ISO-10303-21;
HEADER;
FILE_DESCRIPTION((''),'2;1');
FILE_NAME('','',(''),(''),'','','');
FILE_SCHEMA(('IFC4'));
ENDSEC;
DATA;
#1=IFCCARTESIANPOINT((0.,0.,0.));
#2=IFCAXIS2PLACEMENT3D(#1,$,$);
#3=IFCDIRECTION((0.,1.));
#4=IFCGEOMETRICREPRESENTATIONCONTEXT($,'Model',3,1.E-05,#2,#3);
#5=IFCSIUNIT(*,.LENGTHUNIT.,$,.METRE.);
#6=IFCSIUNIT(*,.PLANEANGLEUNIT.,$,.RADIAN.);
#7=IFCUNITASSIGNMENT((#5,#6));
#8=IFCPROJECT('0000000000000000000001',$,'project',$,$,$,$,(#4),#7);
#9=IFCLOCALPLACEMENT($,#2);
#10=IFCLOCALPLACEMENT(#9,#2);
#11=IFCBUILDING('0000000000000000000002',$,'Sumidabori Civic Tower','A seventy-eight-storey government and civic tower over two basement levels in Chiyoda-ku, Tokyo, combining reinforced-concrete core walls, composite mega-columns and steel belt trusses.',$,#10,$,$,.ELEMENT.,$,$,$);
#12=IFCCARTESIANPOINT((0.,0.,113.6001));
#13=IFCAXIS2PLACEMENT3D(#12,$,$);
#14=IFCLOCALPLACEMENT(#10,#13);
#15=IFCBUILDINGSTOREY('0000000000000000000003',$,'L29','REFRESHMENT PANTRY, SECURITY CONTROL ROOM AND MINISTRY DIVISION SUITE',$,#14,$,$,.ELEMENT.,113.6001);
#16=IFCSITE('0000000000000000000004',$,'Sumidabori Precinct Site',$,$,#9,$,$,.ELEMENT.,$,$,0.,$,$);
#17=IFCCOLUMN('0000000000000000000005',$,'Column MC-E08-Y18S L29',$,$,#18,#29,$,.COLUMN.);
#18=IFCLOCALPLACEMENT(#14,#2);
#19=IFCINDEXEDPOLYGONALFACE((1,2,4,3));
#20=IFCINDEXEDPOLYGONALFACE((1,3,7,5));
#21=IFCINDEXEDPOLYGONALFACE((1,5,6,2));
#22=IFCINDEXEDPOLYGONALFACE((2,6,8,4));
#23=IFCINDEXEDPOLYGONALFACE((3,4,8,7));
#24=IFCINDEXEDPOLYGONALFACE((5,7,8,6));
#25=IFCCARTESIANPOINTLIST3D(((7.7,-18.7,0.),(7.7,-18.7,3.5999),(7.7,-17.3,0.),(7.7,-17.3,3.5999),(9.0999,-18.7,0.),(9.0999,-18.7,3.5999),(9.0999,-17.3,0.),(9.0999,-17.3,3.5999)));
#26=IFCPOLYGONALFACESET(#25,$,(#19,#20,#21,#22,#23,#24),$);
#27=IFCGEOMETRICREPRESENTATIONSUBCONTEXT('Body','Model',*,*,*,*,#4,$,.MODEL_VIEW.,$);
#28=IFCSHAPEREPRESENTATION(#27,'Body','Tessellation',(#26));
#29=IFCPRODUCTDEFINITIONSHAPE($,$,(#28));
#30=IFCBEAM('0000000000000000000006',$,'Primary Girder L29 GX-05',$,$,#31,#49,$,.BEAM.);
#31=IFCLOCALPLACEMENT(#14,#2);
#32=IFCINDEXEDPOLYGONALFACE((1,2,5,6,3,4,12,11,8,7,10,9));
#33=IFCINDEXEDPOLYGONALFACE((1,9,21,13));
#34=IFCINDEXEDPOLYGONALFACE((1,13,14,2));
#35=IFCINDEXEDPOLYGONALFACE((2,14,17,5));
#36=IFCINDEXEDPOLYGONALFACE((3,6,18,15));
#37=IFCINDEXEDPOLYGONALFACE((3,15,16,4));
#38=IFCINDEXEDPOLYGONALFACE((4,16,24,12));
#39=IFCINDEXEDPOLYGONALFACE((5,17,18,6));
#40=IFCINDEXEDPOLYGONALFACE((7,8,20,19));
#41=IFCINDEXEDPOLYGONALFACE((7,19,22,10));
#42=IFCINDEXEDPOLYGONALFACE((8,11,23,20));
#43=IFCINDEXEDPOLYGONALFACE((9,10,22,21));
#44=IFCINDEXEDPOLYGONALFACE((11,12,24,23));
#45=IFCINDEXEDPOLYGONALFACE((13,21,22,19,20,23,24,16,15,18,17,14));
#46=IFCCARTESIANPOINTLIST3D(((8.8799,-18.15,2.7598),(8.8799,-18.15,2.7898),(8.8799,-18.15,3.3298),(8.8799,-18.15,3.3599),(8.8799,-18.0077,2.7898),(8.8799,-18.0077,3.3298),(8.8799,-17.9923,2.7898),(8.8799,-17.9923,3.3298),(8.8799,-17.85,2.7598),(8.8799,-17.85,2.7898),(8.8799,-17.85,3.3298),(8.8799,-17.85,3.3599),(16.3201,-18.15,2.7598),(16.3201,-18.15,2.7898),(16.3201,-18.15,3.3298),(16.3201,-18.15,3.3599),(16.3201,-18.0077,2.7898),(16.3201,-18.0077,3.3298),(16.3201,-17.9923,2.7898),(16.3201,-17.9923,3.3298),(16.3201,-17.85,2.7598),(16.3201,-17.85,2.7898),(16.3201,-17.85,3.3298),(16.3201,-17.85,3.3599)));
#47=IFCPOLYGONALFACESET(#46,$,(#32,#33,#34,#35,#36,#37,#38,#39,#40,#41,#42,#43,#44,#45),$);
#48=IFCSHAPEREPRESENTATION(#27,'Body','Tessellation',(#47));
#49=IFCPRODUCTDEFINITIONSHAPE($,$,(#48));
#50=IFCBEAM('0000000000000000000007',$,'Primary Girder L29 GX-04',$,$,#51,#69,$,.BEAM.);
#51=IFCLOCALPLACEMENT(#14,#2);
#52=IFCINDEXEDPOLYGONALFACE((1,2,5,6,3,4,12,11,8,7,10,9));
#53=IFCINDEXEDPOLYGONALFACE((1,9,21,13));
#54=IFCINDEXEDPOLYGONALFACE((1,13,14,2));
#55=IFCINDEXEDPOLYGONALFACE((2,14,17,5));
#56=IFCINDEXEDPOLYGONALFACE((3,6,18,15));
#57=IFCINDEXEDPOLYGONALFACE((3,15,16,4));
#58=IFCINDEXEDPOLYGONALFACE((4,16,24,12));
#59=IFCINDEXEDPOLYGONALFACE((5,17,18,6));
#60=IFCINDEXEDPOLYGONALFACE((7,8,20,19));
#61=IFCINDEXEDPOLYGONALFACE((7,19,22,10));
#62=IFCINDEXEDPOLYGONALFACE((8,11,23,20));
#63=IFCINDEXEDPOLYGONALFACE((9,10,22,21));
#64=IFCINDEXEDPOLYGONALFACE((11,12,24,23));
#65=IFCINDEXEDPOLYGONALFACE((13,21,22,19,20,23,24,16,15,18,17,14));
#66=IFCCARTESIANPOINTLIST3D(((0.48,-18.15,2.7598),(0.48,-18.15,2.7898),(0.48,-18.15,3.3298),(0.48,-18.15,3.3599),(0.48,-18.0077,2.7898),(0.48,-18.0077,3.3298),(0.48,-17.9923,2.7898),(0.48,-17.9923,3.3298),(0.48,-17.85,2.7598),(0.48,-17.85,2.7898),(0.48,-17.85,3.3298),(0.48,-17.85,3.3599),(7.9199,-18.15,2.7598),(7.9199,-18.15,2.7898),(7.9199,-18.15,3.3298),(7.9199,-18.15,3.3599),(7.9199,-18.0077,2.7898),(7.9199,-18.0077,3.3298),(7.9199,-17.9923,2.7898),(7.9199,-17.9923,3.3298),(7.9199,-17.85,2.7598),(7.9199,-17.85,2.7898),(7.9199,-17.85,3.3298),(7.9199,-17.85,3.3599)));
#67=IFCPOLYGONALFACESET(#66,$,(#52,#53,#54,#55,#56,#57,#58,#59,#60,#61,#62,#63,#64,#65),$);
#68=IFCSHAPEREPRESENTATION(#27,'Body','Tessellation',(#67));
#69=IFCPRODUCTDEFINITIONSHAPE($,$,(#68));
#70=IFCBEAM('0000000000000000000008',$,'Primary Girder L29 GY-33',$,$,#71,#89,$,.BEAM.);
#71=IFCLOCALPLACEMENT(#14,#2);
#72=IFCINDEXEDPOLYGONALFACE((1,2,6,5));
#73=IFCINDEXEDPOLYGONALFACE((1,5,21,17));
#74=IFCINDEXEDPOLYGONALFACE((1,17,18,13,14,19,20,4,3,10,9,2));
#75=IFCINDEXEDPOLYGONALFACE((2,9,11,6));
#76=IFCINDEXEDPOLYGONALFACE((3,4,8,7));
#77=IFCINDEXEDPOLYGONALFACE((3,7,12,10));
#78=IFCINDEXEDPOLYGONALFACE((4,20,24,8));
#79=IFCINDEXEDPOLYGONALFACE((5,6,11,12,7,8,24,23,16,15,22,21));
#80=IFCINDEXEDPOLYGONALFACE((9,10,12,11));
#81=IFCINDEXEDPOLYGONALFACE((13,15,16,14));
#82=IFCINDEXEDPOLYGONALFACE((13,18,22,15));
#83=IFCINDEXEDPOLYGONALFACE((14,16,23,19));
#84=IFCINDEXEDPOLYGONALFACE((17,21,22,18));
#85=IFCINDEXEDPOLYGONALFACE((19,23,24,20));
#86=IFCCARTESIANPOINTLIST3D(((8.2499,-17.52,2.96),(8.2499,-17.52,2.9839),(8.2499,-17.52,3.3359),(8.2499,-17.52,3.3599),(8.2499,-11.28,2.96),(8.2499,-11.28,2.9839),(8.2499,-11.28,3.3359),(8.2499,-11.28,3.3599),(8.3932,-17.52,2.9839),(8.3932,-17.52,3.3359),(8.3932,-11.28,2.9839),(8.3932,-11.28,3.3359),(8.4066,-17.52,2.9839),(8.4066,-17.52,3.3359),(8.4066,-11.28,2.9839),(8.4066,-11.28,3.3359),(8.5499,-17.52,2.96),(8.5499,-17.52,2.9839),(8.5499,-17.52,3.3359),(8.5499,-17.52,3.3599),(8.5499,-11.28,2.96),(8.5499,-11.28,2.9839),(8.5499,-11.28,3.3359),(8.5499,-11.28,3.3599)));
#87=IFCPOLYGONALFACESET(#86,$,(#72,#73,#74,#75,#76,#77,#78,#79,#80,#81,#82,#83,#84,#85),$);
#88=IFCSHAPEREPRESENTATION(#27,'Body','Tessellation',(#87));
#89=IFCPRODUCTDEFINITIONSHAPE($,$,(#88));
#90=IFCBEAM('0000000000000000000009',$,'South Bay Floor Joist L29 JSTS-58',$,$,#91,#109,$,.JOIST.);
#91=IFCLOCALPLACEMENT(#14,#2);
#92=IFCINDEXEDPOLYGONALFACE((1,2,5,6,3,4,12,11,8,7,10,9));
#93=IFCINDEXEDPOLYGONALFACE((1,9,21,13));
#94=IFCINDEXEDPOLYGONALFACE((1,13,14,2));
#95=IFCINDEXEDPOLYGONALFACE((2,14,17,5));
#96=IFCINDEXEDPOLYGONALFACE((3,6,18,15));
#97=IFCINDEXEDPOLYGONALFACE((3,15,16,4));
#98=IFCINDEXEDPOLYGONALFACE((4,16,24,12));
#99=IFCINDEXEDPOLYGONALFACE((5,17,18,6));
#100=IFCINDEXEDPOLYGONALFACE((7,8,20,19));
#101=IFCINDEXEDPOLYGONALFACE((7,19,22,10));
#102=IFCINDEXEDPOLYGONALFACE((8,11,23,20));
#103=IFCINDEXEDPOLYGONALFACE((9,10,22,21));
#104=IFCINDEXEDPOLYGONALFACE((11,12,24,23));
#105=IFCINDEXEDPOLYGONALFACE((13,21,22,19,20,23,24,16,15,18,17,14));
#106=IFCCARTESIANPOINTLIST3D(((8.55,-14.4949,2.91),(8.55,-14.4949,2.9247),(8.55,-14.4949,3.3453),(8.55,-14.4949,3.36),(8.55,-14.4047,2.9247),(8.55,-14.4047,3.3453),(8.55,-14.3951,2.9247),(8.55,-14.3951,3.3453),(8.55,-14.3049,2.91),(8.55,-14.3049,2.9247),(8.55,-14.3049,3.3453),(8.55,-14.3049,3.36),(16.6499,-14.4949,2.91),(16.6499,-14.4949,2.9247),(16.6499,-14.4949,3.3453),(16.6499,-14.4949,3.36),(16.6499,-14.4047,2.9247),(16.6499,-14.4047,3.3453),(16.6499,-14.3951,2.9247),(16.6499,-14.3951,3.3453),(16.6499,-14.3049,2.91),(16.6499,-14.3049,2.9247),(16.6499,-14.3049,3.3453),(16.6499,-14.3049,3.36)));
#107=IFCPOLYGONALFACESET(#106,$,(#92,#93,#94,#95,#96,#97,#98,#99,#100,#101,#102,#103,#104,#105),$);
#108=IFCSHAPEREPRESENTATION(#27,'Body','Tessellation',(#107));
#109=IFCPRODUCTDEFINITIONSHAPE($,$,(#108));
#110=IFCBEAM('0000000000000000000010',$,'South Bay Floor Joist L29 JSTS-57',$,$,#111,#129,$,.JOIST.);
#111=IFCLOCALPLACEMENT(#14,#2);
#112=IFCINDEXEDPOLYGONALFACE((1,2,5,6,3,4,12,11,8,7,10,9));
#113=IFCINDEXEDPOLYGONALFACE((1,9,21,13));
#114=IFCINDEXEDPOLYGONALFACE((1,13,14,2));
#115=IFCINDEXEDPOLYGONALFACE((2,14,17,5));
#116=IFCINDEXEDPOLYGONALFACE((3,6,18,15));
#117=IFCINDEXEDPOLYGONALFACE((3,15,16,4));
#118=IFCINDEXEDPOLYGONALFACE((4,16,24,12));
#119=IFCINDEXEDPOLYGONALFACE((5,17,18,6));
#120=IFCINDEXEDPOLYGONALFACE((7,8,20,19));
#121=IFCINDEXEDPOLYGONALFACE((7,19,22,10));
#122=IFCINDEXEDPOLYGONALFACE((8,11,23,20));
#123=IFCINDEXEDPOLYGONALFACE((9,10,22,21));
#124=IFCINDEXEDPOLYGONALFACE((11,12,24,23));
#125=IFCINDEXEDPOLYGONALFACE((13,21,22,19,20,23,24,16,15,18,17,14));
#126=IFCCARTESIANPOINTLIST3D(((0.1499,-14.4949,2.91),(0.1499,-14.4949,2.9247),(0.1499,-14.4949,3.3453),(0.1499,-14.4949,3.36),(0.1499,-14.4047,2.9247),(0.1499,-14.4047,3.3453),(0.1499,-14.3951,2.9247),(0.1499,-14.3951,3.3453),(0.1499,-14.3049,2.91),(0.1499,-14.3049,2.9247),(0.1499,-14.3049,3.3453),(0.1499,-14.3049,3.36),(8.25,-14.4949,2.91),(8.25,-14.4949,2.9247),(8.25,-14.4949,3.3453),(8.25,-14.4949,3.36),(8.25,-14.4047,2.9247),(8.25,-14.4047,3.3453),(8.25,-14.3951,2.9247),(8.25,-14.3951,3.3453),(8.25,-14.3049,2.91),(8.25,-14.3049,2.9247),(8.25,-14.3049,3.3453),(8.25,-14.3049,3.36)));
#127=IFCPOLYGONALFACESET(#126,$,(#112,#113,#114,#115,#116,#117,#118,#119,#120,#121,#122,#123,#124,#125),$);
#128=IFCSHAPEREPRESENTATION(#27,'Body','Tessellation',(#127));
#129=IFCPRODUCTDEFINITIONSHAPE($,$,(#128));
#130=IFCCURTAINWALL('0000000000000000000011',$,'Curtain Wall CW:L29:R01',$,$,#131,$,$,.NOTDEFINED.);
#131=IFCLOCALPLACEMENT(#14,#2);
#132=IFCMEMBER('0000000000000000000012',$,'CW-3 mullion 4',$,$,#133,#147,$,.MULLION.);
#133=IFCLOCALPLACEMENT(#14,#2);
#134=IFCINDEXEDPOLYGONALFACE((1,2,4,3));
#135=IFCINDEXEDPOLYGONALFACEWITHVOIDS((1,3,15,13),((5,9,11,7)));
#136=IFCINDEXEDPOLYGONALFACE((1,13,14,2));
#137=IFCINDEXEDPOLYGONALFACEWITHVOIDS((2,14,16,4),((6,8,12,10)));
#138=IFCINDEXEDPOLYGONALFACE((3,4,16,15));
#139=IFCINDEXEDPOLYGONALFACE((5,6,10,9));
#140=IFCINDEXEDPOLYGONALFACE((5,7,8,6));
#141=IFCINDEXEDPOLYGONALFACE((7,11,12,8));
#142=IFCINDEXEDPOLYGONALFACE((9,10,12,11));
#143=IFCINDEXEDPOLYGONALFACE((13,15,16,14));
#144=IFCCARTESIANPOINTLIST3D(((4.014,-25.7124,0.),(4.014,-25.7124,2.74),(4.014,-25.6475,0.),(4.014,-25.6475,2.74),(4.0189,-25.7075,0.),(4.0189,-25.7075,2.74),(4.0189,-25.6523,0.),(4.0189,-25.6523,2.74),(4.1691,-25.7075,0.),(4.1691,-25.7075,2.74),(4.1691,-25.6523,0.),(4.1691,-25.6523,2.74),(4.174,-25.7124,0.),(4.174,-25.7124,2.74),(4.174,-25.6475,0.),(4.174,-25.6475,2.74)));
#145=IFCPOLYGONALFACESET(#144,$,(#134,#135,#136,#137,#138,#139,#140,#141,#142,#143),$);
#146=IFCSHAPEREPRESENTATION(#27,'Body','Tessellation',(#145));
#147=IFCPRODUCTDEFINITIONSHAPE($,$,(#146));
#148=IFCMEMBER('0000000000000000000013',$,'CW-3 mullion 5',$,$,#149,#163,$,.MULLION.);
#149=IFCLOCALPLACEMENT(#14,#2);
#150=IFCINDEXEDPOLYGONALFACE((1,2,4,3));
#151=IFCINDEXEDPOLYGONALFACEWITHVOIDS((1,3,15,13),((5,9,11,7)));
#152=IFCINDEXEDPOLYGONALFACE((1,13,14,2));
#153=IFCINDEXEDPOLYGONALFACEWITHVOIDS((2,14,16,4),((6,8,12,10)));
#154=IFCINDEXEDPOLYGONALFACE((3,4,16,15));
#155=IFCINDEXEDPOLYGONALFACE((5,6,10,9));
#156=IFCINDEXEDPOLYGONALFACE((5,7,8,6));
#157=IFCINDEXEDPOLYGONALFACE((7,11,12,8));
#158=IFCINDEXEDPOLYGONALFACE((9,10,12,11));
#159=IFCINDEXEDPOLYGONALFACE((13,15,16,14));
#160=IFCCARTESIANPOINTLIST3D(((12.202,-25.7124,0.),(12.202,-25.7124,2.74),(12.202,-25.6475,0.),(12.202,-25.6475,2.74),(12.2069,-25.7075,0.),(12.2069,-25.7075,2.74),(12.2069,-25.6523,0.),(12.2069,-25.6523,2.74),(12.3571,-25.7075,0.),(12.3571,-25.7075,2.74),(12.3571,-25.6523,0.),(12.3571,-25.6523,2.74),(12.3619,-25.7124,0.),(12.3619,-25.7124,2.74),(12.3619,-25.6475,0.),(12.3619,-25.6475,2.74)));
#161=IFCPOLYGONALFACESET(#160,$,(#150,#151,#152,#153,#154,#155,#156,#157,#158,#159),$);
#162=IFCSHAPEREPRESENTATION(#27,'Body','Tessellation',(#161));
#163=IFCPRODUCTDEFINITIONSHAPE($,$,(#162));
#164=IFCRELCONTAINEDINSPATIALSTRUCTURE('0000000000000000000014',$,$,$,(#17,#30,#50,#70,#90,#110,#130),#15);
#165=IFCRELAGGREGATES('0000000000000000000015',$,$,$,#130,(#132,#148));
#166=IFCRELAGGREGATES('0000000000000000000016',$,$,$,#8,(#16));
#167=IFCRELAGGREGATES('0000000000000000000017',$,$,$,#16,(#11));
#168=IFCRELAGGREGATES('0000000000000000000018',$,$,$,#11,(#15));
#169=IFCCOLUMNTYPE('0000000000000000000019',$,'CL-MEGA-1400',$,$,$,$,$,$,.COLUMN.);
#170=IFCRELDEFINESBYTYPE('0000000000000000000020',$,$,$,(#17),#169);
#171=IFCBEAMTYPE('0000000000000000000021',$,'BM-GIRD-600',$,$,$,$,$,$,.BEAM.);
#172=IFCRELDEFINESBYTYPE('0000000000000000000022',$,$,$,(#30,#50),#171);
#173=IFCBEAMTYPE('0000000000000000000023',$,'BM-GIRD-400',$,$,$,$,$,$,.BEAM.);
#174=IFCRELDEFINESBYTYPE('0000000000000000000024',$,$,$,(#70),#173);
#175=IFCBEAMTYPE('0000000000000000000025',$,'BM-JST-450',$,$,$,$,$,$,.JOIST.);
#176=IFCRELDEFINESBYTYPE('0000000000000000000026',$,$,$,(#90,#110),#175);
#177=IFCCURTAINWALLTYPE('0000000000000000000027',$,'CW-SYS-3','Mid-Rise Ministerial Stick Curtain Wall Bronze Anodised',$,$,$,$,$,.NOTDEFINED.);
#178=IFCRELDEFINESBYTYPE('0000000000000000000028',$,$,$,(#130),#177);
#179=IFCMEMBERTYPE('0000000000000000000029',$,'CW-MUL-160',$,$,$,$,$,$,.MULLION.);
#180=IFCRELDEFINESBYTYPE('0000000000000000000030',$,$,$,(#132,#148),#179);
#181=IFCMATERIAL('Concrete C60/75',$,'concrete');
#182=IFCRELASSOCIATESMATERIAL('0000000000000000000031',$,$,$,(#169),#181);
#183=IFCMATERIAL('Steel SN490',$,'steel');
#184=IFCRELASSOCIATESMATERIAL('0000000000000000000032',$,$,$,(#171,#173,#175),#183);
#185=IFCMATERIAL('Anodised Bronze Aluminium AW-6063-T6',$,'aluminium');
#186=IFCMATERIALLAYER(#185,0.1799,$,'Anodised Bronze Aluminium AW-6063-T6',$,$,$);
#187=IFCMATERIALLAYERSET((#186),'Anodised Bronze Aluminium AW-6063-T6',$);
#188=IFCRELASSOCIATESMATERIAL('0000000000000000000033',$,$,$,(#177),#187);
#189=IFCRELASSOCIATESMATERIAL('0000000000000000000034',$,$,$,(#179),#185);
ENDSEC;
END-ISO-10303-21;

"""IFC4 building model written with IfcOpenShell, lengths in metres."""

from ifc_helpers import new_model, si_unit, direction, frame, origin, origin_2d, place, context, subcontext, project, spatial, rectangle, hollow_rectangle, i_section, extrude, source, transform, mapped, material, layer, layer_set, material_profile, profile_set, type_object, element, aggregate, save


model = new_model("IFC4")

# Units and contexts
model_context = context("Model", 3, precision=1e-05, world=origin(), true_north=direction((0.0, 1.0)))
body_context = subcontext(model_context, "Body", "Model", "MODEL_VIEW")
ifc_project = project(units=[si_unit("LENGTHUNIT", "METRE"), si_unit("PLANEANGLEUNIT", "RADIAN")], contexts=[model_context])

# Site, building, storey
site_placement = place(None, origin())
site = spatial("IfcSite", under=ifc_project, at=site_placement, Name="Sumidabori Precinct Site", CompositionType="ELEMENT", RefElevation=0.0)
building_placement = place(site_placement, origin())
building = spatial("IfcBuilding", under=site, at=building_placement, Name="Sumidabori Civic Tower", Description="A seventy-eight-storey government and civic tower over two basement levels in Chiyoda-ku, Tokyo, combining reinforced-concrete core walls, composite mega-columns and steel belt trusses.", CompositionType="ELEMENT")
storey_placement = place(building_placement, frame((0.0, 0.0, 113.6001)))
storey = spatial("IfcBuildingStorey", under=building, at=storey_placement, Name="L29", Description="REFRESHMENT PANTRY, SECURITY CONTROL ROOM AND MINISTRY DIVISION SUITE", CompositionType="ELEMENT", Elevation=113.6001)

# Column
ifc_material_1 = material(Name="Concrete C60/75", Category="concrete")
ifc_material_profile_1 = material_profile(ifc_material_1, rectangle(XDim=1.3999, YDim=1.3999, at=origin_2d()), Name="RC 1400x1400")
ifc_profile_set_1 = profile_set([ifc_material_profile_1], Name="Concrete C60/75")
column_type = type_object("IfcColumnType", Name="CL-MEGA-1400", PredefinedType="COLUMN", material=ifc_profile_set_1)
shared_shape_1 = source(origin(), body_context, "Body", "SweptSolid", [
    extrude(rectangle(XDim=1.3999, YDim=1.3999, at=origin_2d()), origin(), (0.0, 0.0, 1.0), 3.5999),
])
column_placement = place(storey_placement, frame((8.3999, -18.0, 0.0), z_axis=(0.0, 0.0, 1.0), x_axis=(1.0, 0.0, 0.0)))
element("IfcColumn", 1, at=column_placement, inside=storey, type_object=column_type, Name="Column MC-E08-Y18S L29", PredefinedType="COLUMN", context=body_context, shape_type="MappedRepresentation", body=[
    mapped(shared_shape_1, transform((0.0, 0.0, 0.0), x_axis=(1.0, 0.0, 0.0), y_axis=(0.0, 1.0, 0.0), z_axis=(0.0, 0.0, 1.0), scale=1.0)),
])

# Beams
ifc_material_2 = material(Name="Steel SN490", Category="steel")
ifc_material_profile_2 = material_profile(ifc_material_2, i_section(OverallWidth=0.3, OverallDepth=0.6001, WebThickness=0.0154, FlangeThickness=0.03, at=origin_2d()), Name="HE 600 B")
ifc_profile_set_2 = profile_set([ifc_material_profile_2], Name="Steel SN490")
beam_type_1 = type_object("IfcBeamType", Name="BM-GIRD-600", PredefinedType="BEAM", material=ifc_profile_set_2)
shared_shape_2 = source(origin(), body_context, "Body", "SweptSolid", [
    extrude(i_section(OverallWidth=0.3, OverallDepth=0.6001, WebThickness=0.0154, FlangeThickness=0.03, at=origin_2d()), origin(), (0.0, 0.0, 1.0), 7.4402),
])
beam_1_placement = place(storey_placement, frame((8.8799, -18.0, 3.0598), z_axis=(1.0, 0.0, 0.0), x_axis=(0.0, 1.0, 0.0)))
element("IfcBeam", 2, at=beam_1_placement, inside=storey, type_object=beam_type_1, Name="Primary Girder L29 GX-05", PredefinedType="BEAM", context=body_context, shape_type="MappedRepresentation", body=[
    mapped(shared_shape_2, transform((0.0, 0.0, 0.0), x_axis=(1.0, 0.0, 0.0), y_axis=(0.0, 1.0, 0.0), z_axis=(0.0, 0.0, 1.0), scale=1.0)),
])
shared_shape_3 = source(origin(), body_context, "Body", "SweptSolid", [
    extrude(i_section(OverallWidth=0.3, OverallDepth=0.6001, WebThickness=0.0154, FlangeThickness=0.03, at=origin_2d()), origin(), (0.0, 0.0, 1.0), 7.4399),
])
beam_2_placement = place(storey_placement, frame((0.48, -18.0, 3.0598), z_axis=(1.0, 0.0, 0.0), x_axis=(0.0, 1.0, 0.0)))
element("IfcBeam", 3, at=beam_2_placement, inside=storey, type_object=beam_type_1, Name="Primary Girder L29 GX-04", PredefinedType="BEAM", context=body_context, shape_type="MappedRepresentation", body=[
    mapped(shared_shape_3, transform((0.0, 0.0, 0.0), x_axis=(1.0, 0.0, 0.0), y_axis=(0.0, 1.0, 0.0), z_axis=(0.0, 0.0, 1.0), scale=1.0)),
])
ifc_material_profile_3 = material_profile(ifc_material_2, i_section(OverallWidth=0.3, OverallDepth=0.3999, WebThickness=0.0134, FlangeThickness=0.0239, at=origin_2d()), Name="HE 400 B")
ifc_profile_set_3 = profile_set([ifc_material_profile_3], Name="Steel SN490")
beam_type_2 = type_object("IfcBeamType", Name="BM-GIRD-400", PredefinedType="BEAM", material=ifc_profile_set_3)
shared_shape_4 = source(origin(), body_context, "Body", "SweptSolid", [
    extrude(i_section(OverallWidth=0.3, OverallDepth=0.3999, WebThickness=0.0134, FlangeThickness=0.0239, at=origin_2d()), origin(), (0.0, 0.0, 1.0), 6.24),
])
beam_3_placement = place(storey_placement, frame((8.3999, -17.52, 3.1599), z_axis=(0.0, 1.0, 0.0), x_axis=(-1.0, 0.0, 0.0)))
element("IfcBeam", 4, at=beam_3_placement, inside=storey, type_object=beam_type_2, Name="Primary Girder L29 GY-33", PredefinedType="BEAM", context=body_context, shape_type="MappedRepresentation", body=[
    mapped(shared_shape_4, transform((0.0, 0.0, 0.0), x_axis=(1.0, 0.0, 0.0), y_axis=(0.0, 1.0, 0.0), z_axis=(0.0, 0.0, 1.0), scale=1.0)),
])
ifc_material_profile_4 = material_profile(ifc_material_2, i_section(OverallWidth=0.1899, OverallDepth=0.45, WebThickness=0.0095, FlangeThickness=0.0146, at=origin_2d()), Name="IPE 450")
ifc_profile_set_4 = profile_set([ifc_material_profile_4], Name="Steel SN490")
beam_type_3 = type_object("IfcBeamType", Name="BM-JST-450", PredefinedType="JOIST", material=ifc_profile_set_4)
shared_shape_5 = source(origin(), body_context, "Body", "SweptSolid", [
    extrude(i_section(OverallWidth=0.1899, OverallDepth=0.45, WebThickness=0.0095, FlangeThickness=0.0146, at=origin_2d()), origin(), (0.0, 0.0, 1.0), 8.0999),
])
beam_4_placement = place(storey_placement, frame((8.55, -14.3999, 3.135), z_axis=(1.0, 0.0, 0.0), x_axis=(0.0, 1.0, 0.0)))
element("IfcBeam", 5, at=beam_4_placement, inside=storey, type_object=beam_type_3, Name="South Bay Floor Joist L29 JSTS-58", PredefinedType="JOIST", context=body_context, shape_type="MappedRepresentation", body=[
    mapped(shared_shape_5, transform((0.0, 0.0, 0.0), x_axis=(1.0, 0.0, 0.0), y_axis=(0.0, 1.0, 0.0), z_axis=(0.0, 0.0, 1.0), scale=1.0)),
])
shared_shape_6 = source(origin(), body_context, "Body", "SweptSolid", [
    extrude(i_section(OverallWidth=0.1899, OverallDepth=0.45, WebThickness=0.0095, FlangeThickness=0.0146, at=origin_2d()), origin(), (0.0, 0.0, 1.0), 8.1001),
])
beam_5_placement = place(storey_placement, frame((0.1499, -14.3999, 3.135), z_axis=(1.0, 0.0, 0.0), x_axis=(0.0, 1.0, 0.0)))
element("IfcBeam", 6, at=beam_5_placement, inside=storey, type_object=beam_type_3, Name="South Bay Floor Joist L29 JSTS-57", PredefinedType="JOIST", context=body_context, shape_type="MappedRepresentation", body=[
    mapped(shared_shape_6, transform((0.0, 0.0, 0.0), x_axis=(1.0, 0.0, 0.0), y_axis=(0.0, 1.0, 0.0), z_axis=(0.0, 0.0, 1.0), scale=1.0)),
])

# Curtain wall, members
ifc_material_3 = material(Name="Anodised Bronze Aluminium AW-6063-T6", Category="aluminium")
ifc_layer_1 = layer(ifc_material_3, 0.1799, Name="Anodised Bronze Aluminium AW-6063-T6")
ifc_layer_set_1 = layer_set([ifc_layer_1], Name="Anodised Bronze Aluminium AW-6063-T6")
curtain_wall_type = type_object("IfcCurtainWallType", Name="CW-SYS-3", Description="Mid-Rise Ministerial Stick Curtain Wall Bronze Anodised", PredefinedType="NOTDEFINED", material=ifc_layer_set_1)
curtain_wall_placement = place(storey_placement, origin())
curtain_wall = element("IfcCurtainWall", 7, at=curtain_wall_placement, inside=storey, type_object=curtain_wall_type, Name="Curtain Wall CW:L29:R01", PredefinedType="NOTDEFINED")
ifc_material_profile_5 = material_profile(ifc_material_3, hollow_rectangle(XDim=0.0649, YDim=0.1599, WallThickness=0.0049, at=origin_2d()), Name="ALU MULLION 160x65")
ifc_profile_set_5 = profile_set([ifc_material_profile_5], Name="Anodised Bronze Aluminium AW-6063-T6")
member_type_1 = type_object("IfcMemberType", Name="CW-MUL-160", PredefinedType="MULLION", material=ifc_profile_set_5)
shared_shape_7 = source(origin(), body_context, "Body", "SweptSolid", [
    extrude(hollow_rectangle(XDim=0.0649, YDim=0.1599, WallThickness=0.0049, at=origin_2d()), origin(), (0.0, 0.0, 1.0), 2.74),
])
member_1_placement = place(storey_placement, frame((4.094, -25.6799, 0.0), z_axis=(0.0, 0.0, 1.0), x_axis=(0.0, 1.0, 0.0)))
member_1 = element("IfcMember", 8, at=member_1_placement, type_object=member_type_1, Name="CW-3 mullion 4", PredefinedType="MULLION", context=body_context, shape_type="MappedRepresentation", body=[
    mapped(shared_shape_7, transform((0.0, 0.0, 0.0), x_axis=(1.0, 0.0, 0.0), y_axis=(0.0, 1.0, 0.0), z_axis=(0.0, 0.0, 1.0), scale=1.0)),
])
member_2_placement = place(storey_placement, frame((12.282, -25.6799, 0.0), z_axis=(0.0, 0.0, 1.0), x_axis=(0.0, 1.0, 0.0)))
member_2 = element("IfcMember", 9, at=member_2_placement, type_object=member_type_1, Name="CW-3 mullion 5", PredefinedType="MULLION", context=body_context, shape_type="MappedRepresentation", body=[
    mapped(shared_shape_7, transform((0.0, 0.0, 0.0), x_axis=(1.0, 0.0, 0.0), y_axis=(0.0, 1.0, 0.0), z_axis=(0.0, 0.0, 1.0), scale=1.0)),
])
aggregate(curtain_wall, [member_1, member_2])

save(model, "model.ifc")
